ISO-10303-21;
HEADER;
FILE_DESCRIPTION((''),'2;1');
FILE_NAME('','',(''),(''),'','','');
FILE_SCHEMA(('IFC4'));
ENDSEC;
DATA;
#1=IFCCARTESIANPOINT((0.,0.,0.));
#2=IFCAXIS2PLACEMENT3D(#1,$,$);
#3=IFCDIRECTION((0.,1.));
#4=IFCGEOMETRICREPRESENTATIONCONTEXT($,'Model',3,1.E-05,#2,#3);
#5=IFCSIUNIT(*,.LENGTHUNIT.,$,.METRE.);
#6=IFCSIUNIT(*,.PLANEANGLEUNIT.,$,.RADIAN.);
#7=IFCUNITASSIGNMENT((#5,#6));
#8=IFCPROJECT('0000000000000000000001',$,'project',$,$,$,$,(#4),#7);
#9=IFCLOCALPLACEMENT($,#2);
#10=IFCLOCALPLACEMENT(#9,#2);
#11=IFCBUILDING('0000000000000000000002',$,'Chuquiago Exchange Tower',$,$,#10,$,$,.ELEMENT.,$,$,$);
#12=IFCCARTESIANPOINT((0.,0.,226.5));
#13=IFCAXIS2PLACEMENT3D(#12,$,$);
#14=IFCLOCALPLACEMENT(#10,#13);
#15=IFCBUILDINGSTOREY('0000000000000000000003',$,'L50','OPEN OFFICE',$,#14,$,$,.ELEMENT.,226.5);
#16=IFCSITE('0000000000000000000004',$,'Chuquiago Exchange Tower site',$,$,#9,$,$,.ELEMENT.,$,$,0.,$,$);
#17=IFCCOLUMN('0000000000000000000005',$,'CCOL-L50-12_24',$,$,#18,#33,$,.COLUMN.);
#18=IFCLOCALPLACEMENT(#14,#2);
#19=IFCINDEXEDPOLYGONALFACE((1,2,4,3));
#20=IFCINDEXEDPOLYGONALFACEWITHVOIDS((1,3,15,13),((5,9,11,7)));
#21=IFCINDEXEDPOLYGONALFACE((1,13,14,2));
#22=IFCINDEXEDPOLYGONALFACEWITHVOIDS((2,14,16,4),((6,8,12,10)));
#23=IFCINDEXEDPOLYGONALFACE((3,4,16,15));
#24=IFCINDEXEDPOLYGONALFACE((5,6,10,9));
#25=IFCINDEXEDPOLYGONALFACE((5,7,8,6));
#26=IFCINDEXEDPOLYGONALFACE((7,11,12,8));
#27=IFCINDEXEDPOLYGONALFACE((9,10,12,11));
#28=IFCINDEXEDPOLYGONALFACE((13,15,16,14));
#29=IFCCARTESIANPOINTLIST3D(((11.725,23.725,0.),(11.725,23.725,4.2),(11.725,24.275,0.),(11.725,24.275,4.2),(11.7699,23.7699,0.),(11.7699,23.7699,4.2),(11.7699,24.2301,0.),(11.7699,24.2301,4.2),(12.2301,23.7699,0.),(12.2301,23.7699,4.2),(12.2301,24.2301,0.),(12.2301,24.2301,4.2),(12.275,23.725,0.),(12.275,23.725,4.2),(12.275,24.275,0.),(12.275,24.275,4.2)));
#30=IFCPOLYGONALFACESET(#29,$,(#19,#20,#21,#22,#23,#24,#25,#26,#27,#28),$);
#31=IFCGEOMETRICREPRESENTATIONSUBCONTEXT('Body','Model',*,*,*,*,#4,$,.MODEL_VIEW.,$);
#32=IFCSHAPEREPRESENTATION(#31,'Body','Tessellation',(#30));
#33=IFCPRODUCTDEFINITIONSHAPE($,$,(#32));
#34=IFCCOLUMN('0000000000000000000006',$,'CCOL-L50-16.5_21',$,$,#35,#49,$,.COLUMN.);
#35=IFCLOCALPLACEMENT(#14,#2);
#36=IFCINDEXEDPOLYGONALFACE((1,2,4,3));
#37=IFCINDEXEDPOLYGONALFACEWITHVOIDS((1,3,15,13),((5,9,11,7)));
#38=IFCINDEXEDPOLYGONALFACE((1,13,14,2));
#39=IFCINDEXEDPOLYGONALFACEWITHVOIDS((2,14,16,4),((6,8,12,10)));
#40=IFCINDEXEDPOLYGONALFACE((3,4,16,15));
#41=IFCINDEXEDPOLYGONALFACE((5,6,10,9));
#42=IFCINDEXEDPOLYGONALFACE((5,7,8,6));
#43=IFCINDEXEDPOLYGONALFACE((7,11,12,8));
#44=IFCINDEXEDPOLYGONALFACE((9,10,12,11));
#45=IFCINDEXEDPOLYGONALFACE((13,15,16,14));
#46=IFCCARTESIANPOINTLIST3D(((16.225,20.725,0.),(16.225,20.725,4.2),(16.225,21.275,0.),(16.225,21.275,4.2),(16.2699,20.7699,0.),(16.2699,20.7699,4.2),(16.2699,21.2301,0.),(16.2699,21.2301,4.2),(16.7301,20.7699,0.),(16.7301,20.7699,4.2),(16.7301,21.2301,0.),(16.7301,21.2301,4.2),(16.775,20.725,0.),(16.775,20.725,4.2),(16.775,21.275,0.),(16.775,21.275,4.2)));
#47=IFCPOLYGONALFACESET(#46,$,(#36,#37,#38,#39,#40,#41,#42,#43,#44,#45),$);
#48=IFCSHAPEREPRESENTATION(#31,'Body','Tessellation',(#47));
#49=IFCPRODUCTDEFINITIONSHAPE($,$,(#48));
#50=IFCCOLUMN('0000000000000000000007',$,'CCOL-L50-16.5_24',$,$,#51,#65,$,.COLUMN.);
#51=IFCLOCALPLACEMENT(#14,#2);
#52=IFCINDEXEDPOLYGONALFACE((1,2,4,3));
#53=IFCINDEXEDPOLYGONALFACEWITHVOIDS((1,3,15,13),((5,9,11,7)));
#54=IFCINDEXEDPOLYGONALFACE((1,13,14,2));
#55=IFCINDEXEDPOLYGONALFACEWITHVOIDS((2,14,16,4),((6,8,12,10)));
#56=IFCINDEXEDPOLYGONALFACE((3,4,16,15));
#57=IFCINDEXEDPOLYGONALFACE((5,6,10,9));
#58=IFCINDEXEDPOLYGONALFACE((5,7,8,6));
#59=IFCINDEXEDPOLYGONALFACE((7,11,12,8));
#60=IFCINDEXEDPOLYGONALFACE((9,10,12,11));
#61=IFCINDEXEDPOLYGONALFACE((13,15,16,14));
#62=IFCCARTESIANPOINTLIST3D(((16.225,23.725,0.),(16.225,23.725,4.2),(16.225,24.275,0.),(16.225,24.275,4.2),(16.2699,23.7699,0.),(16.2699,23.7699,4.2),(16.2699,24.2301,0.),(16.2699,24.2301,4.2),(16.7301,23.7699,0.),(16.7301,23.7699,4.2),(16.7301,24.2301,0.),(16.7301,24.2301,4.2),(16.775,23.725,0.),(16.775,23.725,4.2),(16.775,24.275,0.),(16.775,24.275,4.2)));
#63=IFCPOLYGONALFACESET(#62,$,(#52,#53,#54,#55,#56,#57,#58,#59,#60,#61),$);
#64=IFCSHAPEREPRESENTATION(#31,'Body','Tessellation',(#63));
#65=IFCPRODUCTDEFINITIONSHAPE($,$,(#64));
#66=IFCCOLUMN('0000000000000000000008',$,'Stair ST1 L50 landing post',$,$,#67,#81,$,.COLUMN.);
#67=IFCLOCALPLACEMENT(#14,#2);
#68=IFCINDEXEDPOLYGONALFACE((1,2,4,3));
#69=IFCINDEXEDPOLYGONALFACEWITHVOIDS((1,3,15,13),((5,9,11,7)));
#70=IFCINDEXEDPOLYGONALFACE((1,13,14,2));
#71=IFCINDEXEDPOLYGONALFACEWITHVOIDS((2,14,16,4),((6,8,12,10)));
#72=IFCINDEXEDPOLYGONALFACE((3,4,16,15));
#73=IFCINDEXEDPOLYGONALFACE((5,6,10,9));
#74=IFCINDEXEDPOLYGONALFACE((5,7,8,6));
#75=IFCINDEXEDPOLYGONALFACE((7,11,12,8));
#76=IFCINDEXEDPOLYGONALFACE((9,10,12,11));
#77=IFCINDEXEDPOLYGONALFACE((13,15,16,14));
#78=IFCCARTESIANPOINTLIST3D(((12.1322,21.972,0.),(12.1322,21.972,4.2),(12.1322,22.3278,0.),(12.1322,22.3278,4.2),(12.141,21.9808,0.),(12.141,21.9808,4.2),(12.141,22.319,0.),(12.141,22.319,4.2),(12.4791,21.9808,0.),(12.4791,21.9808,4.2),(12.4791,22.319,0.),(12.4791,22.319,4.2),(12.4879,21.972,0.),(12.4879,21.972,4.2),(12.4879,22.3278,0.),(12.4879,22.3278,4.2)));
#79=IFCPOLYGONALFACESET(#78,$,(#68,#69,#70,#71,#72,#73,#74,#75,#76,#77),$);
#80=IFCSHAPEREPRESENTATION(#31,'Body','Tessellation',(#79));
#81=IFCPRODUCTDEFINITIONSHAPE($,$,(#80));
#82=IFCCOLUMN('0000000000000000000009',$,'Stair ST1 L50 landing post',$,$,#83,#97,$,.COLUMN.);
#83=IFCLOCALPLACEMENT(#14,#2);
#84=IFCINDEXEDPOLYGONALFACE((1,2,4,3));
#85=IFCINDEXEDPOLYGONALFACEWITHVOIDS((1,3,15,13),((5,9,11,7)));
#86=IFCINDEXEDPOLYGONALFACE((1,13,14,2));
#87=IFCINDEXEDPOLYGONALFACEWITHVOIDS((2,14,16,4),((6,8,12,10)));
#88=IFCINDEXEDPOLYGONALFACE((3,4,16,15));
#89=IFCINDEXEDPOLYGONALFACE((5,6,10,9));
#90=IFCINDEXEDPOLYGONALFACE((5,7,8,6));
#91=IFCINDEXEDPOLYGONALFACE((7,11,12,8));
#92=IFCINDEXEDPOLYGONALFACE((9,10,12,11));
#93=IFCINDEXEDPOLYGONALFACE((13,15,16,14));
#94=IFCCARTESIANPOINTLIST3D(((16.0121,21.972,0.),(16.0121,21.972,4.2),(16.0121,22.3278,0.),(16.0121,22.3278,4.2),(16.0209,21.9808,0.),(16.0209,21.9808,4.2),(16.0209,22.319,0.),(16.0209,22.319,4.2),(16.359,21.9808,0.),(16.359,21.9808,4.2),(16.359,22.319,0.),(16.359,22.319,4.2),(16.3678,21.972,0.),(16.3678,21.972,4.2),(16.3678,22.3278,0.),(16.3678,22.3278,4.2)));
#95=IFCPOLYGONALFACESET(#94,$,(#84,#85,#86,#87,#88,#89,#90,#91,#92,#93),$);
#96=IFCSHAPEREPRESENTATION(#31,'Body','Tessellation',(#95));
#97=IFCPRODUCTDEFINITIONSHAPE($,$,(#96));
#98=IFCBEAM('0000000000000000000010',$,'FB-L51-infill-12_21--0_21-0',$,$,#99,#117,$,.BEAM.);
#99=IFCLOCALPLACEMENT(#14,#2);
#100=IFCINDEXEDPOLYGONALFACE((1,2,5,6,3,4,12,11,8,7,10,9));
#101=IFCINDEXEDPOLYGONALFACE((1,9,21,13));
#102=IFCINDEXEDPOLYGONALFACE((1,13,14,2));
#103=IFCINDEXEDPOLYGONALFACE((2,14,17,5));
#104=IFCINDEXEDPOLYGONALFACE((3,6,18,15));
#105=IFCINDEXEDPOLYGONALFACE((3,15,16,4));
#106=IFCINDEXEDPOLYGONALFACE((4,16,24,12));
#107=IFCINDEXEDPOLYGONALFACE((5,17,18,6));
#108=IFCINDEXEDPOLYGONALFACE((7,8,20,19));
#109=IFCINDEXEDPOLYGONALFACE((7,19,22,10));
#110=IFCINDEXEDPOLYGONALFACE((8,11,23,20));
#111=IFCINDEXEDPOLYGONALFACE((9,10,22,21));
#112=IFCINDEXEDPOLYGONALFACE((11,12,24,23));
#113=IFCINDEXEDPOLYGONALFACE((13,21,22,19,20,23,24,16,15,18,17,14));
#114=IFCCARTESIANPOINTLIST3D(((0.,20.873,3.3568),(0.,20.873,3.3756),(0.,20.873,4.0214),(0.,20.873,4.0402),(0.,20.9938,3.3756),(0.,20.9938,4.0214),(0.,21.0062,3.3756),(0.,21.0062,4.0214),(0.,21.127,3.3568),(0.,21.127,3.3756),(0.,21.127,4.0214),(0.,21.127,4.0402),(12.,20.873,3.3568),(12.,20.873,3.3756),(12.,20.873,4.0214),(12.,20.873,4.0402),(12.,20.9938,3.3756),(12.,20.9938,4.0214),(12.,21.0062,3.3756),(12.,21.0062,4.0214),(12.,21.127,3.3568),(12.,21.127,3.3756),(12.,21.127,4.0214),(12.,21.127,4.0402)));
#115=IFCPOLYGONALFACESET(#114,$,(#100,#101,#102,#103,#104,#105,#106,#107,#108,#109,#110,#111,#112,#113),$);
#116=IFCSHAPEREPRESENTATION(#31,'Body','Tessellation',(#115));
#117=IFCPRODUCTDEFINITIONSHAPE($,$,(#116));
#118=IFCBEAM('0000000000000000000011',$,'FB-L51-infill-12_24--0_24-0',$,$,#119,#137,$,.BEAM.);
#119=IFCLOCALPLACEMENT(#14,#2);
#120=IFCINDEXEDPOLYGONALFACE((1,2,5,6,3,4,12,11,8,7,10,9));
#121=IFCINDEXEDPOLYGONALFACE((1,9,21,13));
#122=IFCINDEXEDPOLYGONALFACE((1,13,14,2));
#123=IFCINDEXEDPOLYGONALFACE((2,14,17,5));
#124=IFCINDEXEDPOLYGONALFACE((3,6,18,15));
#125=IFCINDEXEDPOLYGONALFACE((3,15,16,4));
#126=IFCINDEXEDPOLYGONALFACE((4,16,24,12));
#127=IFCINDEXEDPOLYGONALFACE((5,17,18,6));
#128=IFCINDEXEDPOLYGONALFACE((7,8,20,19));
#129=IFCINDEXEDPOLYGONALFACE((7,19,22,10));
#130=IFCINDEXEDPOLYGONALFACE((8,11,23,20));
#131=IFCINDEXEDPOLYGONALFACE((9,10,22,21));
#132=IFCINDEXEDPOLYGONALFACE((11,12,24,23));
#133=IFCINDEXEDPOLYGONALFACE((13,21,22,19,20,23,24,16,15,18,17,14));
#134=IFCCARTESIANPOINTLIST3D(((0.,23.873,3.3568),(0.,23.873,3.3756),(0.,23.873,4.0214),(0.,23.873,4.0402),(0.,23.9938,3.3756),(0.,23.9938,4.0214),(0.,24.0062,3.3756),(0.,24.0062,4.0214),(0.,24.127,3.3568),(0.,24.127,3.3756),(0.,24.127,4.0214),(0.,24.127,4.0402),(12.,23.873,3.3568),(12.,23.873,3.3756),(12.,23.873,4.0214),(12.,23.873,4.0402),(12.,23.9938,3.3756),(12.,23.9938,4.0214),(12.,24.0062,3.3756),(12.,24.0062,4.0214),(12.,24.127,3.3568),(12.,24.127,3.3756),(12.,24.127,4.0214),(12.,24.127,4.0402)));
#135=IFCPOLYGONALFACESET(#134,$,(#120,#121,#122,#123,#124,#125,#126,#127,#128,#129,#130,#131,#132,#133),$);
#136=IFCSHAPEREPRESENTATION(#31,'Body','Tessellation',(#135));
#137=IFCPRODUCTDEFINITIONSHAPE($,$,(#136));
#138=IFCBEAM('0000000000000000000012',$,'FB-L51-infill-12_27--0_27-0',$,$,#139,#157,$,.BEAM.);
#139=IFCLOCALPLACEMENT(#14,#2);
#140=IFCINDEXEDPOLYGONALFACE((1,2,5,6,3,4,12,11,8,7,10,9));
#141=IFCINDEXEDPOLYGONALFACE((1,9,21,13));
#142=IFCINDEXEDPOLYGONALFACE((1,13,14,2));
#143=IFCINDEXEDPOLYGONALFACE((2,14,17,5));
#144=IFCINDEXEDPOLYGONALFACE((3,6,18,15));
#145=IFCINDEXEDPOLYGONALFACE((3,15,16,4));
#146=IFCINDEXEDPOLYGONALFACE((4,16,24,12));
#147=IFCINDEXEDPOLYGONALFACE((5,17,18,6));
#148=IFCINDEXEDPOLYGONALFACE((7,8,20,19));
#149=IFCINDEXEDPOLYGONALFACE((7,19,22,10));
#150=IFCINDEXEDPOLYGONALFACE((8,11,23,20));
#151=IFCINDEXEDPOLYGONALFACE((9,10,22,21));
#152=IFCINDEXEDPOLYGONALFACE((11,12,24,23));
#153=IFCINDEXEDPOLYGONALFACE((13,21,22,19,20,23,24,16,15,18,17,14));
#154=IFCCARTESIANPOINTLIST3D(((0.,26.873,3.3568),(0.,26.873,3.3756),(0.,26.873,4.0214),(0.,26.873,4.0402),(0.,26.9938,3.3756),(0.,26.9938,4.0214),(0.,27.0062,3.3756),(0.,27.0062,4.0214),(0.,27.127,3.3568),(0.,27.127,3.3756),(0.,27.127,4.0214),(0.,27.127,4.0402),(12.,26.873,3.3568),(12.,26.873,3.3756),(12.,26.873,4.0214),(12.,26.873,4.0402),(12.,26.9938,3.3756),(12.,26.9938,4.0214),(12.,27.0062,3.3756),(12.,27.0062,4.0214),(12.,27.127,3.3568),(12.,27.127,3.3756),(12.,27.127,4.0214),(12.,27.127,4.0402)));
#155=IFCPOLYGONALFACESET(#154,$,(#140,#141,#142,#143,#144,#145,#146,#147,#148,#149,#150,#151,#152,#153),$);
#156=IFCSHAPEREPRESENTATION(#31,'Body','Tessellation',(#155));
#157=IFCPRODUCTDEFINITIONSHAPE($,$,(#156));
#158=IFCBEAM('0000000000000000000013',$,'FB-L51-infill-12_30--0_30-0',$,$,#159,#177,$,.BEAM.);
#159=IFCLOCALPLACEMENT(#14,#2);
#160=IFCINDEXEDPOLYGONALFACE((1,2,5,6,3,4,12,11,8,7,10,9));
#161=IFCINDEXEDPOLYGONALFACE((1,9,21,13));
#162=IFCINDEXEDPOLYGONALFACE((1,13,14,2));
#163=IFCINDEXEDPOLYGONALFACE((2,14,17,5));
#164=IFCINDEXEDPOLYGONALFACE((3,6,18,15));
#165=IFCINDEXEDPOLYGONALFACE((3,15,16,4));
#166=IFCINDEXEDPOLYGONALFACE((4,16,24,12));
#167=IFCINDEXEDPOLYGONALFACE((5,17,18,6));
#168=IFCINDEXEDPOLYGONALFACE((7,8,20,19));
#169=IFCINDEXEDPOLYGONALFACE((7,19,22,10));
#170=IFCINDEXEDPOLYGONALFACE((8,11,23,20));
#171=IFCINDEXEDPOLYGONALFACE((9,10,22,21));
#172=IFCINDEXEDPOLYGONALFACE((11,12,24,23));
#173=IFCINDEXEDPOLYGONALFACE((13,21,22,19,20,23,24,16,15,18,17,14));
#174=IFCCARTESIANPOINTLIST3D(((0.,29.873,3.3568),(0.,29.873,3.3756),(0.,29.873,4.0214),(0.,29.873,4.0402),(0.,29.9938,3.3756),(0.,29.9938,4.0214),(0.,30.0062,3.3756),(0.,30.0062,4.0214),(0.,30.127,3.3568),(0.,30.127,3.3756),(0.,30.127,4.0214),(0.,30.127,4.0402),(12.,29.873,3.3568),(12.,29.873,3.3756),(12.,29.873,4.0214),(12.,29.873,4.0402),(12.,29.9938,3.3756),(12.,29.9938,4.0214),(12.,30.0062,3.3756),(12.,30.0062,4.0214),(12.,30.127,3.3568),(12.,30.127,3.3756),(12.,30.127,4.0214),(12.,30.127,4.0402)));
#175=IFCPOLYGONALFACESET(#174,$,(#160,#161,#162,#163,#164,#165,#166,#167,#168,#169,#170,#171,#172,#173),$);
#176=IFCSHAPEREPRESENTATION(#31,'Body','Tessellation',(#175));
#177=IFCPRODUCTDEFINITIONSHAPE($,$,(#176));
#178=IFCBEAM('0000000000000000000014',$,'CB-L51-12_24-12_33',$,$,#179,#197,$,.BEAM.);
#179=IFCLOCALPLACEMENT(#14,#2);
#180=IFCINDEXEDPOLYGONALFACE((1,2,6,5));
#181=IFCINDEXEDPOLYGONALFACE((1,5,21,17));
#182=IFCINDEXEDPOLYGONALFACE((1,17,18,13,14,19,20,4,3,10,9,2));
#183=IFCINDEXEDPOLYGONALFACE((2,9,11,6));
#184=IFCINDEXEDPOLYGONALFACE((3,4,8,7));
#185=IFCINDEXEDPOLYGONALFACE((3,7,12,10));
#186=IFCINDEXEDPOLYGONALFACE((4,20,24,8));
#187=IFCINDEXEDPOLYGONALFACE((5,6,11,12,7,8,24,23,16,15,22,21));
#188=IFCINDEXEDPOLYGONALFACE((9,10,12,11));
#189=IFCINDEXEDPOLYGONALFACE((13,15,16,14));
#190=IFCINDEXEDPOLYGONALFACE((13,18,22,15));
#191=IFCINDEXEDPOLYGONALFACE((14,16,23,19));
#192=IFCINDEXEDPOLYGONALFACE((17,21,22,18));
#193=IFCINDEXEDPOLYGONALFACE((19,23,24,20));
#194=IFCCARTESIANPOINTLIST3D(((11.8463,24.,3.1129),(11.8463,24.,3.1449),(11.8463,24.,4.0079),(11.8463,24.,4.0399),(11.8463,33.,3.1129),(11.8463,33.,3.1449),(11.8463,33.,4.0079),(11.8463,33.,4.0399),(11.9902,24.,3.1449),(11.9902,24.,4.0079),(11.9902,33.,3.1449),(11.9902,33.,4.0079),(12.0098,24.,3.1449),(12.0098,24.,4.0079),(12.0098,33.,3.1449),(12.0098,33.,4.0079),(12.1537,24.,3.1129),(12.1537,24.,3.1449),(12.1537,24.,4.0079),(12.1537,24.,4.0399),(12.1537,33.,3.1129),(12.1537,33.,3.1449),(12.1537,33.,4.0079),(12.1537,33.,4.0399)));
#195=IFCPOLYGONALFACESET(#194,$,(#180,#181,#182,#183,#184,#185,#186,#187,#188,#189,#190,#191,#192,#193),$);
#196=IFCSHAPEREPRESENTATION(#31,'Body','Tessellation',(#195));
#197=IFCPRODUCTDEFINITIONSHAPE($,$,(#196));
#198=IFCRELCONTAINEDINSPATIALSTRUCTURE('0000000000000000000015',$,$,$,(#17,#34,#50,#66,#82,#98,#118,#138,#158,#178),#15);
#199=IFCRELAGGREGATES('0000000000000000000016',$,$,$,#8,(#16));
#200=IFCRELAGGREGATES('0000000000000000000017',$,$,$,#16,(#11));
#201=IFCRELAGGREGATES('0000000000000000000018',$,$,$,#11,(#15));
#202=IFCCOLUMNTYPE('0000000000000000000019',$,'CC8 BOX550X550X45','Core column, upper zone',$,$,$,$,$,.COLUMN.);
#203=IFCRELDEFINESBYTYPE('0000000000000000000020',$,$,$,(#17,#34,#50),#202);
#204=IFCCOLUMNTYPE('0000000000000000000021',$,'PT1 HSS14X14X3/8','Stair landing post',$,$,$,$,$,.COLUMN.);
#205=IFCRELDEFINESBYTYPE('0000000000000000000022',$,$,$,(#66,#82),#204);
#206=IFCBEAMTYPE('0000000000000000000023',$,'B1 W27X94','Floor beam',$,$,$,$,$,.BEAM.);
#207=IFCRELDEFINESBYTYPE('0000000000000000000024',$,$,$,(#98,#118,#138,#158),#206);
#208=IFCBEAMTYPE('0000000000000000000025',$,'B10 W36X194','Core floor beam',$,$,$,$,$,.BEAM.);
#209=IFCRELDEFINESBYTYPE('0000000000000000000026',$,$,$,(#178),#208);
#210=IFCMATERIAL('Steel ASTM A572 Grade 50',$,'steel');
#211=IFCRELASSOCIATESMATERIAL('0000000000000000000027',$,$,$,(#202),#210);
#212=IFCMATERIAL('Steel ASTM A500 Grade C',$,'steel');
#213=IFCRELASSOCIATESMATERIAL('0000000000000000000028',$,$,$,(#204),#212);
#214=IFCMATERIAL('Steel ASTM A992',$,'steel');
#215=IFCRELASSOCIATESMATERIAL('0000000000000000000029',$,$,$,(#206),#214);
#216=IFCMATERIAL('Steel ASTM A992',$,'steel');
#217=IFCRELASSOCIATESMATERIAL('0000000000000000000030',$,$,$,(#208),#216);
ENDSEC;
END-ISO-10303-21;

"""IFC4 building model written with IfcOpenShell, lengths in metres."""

from ifc_helpers import new_model, si_unit, direction, frame, origin, origin_2d, place, context, subcontext, project, spatial, hollow_rectangle, i_section, extrude, material, material_profile, profile_set, type_object, element, save


model = new_model("IFC4")

# Units and contexts
model_context = context("Model", 3, precision=1e-05, world=origin(), true_north=direction((0.0, 1.0)))
body_context = subcontext(model_context, "Body", "Model", "MODEL_VIEW")
ifc_project = project(units=[si_unit("LENGTHUNIT", "METRE"), si_unit("PLANEANGLEUNIT", "RADIAN")], contexts=[model_context])

# Site, building, storey
site_placement = place(None, origin())
site = spatial("IfcSite", under=ifc_project, at=site_placement, Name="Chuquiago Exchange Tower site", CompositionType="ELEMENT", RefElevation=0.0)
building_placement = place(site_placement, origin())
building = spatial("IfcBuilding", under=site, at=building_placement, Name="Chuquiago Exchange Tower", CompositionType="ELEMENT")
storey_placement = place(building_placement, frame((0.0, 0.0, 226.5)))
storey = spatial("IfcBuildingStorey", under=building, at=storey_placement, Name="L50", Description="OPEN OFFICE", CompositionType="ELEMENT", Elevation=226.5)

# Columns
ifc_material_1 = material(Name="Steel ASTM A572 Grade 50", Category="steel")
ifc_material_profile_1 = material_profile(ifc_material_1, hollow_rectangle(XDim=0.55, YDim=0.55, WallThickness=0.0449, at=origin_2d()), Name="BOX550X550X45")
ifc_profile_set_1 = profile_set([ifc_material_profile_1], Name="Steel ASTM A572 Grade 50")
column_type_1 = type_object("IfcColumnType", Name="CC8 BOX550X550X45", Description="Core column, upper zone", PredefinedType="COLUMN", material=ifc_profile_set_1)
for number, where, z_axis, x_axis, name in (
    (1, (12.0, 24.0, 0.0), (0.0, 0.0, 1.0), (1.0, 0.0, 0.0), "CCOL-L50-12_24"),
    (2, (16.5, 21.0, 0.0), (0.0, 0.0, 1.0), (1.0, 0.0, 0.0), "CCOL-L50-16.5_21"),
    (3, (16.5, 24.0, 0.0), (0.0, 0.0, 1.0), (1.0, 0.0, 0.0), "CCOL-L50-16.5_24"),
):
    element("IfcColumn", number, at=place(storey_placement, frame(where, z_axis=z_axis, x_axis=x_axis)), inside=storey, type_object=column_type_1, Name=name, PredefinedType="COLUMN", context=body_context, shape_type="SweptSolid", body=[
        extrude(hollow_rectangle(XDim=0.55, YDim=0.55, WallThickness=0.0449, at=origin_2d()), origin(), (0.0, 0.0, 1.0), 4.2),
    ])
ifc_material_2 = material(Name="Steel ASTM A500 Grade C", Category="steel")
ifc_material_profile_2 = material_profile(ifc_material_2, hollow_rectangle(XDim=0.3557, YDim=0.3557, WallThickness=0.0088, at=origin_2d()), Name="HSS14X14X3/8")
ifc_profile_set_2 = profile_set([ifc_material_profile_2], Name="Steel ASTM A500 Grade C")
column_type_2 = type_object("IfcColumnType", Name="PT1 HSS14X14X3/8", Description="Stair landing post", PredefinedType="COLUMN", material=ifc_profile_set_2)
for number, where, z_axis, x_axis, name in (
    (4, (12.3101, 22.1499, 0.0), (0.0, 0.0, 1.0), (1.0, 0.0, 0.0), "Stair ST1 L50 landing post"),
    (5, (16.1899, 22.1499, 0.0), (0.0, 0.0, 1.0), (1.0, 0.0, 0.0), "Stair ST1 L50 landing post"),
):
    element("IfcColumn", number, at=place(storey_placement, frame(where, z_axis=z_axis, x_axis=x_axis)), inside=storey, type_object=column_type_2, Name=name, PredefinedType="COLUMN", context=body_context, shape_type="SweptSolid", body=[
        extrude(hollow_rectangle(XDim=0.3557, YDim=0.3557, WallThickness=0.0088, at=origin_2d()), origin(), (0.0, 0.0, 1.0), 4.2),
    ])

# Beams
ifc_material_3 = material(Name="Steel ASTM A992", Category="steel")
ifc_material_profile_3 = material_profile(ifc_material_3, i_section(OverallWidth=0.2539, OverallDepth=0.6833, WebThickness=0.0125, FlangeThickness=0.0188, at=origin_2d()), Name="W27X94")
ifc_profile_set_3 = profile_set([ifc_material_profile_3], Name="Steel ASTM A992")
beam_type_1 = type_object("IfcBeamType", Name="B1 W27X94", Description="Floor beam", PredefinedType="BEAM", material=ifc_profile_set_3)
for number, where, z_axis, x_axis, name in (
    (6, (12.0, 21.0, 3.6985), (-1.0, 0.0, 0.0), (0.0, -1.0, 0.0), "FB-L51-infill-12_21--0_21-0"),
    (7, (12.0, 24.0, 3.6985), (-1.0, 0.0, 0.0), (0.0, -1.0, 0.0), "FB-L51-infill-12_24--0_24-0"),
    (8, (12.0, 27.0, 3.6985), (-1.0, 0.0, 0.0), (0.0, -1.0, 0.0), "FB-L51-infill-12_27--0_27-0"),
    (9, (12.0, 30.0, 3.6985), (-1.0, 0.0, 0.0), (0.0, -1.0, 0.0), "FB-L51-infill-12_30--0_30-0"),
):
    element("IfcBeam", number, at=place(storey_placement, frame(where, z_axis=z_axis, x_axis=x_axis)), inside=storey, type_object=beam_type_1, Name=name, PredefinedType="BEAM", context=body_context, shape_type="SweptSolid", body=[
        extrude(i_section(OverallWidth=0.2539, OverallDepth=0.6833, WebThickness=0.0125, FlangeThickness=0.0188, at=origin_2d()), origin(), (0.0, 0.0, 1.0), 12.0),
    ])
ifc_material_4 = material(Name="Steel ASTM A992", Category="steel")
ifc_material_profile_4 = material_profile(ifc_material_4, i_section(OverallWidth=0.3074, OverallDepth=0.927, WebThickness=0.0195, FlangeThickness=0.032, at=origin_2d()), Name="W36X194")
ifc_profile_set_4 = profile_set([ifc_material_profile_4], Name="Steel ASTM A992")
beam_type_2 = type_object("IfcBeamType", Name="B10 W36X194", Description="Core floor beam", PredefinedType="BEAM", material=ifc_profile_set_4)
for number, where, z_axis, x_axis, name in (
    (10, (12.0, 24.0, 3.5764), (0.0, 1.0, 0.0), (-1.0, 0.0, 0.0), "CB-L51-12_24-12_33"),
):
    element("IfcBeam", number, at=place(storey_placement, frame(where, z_axis=z_axis, x_axis=x_axis)), inside=storey, type_object=beam_type_2, Name=name, PredefinedType="BEAM", context=body_context, shape_type="SweptSolid", body=[
        extrude(i_section(OverallWidth=0.3074, OverallDepth=0.927, WebThickness=0.0195, FlangeThickness=0.032, at=origin_2d()), origin(), (0.0, 0.0, 1.0), 9.0),
    ])

save(model, "model.ifc")
